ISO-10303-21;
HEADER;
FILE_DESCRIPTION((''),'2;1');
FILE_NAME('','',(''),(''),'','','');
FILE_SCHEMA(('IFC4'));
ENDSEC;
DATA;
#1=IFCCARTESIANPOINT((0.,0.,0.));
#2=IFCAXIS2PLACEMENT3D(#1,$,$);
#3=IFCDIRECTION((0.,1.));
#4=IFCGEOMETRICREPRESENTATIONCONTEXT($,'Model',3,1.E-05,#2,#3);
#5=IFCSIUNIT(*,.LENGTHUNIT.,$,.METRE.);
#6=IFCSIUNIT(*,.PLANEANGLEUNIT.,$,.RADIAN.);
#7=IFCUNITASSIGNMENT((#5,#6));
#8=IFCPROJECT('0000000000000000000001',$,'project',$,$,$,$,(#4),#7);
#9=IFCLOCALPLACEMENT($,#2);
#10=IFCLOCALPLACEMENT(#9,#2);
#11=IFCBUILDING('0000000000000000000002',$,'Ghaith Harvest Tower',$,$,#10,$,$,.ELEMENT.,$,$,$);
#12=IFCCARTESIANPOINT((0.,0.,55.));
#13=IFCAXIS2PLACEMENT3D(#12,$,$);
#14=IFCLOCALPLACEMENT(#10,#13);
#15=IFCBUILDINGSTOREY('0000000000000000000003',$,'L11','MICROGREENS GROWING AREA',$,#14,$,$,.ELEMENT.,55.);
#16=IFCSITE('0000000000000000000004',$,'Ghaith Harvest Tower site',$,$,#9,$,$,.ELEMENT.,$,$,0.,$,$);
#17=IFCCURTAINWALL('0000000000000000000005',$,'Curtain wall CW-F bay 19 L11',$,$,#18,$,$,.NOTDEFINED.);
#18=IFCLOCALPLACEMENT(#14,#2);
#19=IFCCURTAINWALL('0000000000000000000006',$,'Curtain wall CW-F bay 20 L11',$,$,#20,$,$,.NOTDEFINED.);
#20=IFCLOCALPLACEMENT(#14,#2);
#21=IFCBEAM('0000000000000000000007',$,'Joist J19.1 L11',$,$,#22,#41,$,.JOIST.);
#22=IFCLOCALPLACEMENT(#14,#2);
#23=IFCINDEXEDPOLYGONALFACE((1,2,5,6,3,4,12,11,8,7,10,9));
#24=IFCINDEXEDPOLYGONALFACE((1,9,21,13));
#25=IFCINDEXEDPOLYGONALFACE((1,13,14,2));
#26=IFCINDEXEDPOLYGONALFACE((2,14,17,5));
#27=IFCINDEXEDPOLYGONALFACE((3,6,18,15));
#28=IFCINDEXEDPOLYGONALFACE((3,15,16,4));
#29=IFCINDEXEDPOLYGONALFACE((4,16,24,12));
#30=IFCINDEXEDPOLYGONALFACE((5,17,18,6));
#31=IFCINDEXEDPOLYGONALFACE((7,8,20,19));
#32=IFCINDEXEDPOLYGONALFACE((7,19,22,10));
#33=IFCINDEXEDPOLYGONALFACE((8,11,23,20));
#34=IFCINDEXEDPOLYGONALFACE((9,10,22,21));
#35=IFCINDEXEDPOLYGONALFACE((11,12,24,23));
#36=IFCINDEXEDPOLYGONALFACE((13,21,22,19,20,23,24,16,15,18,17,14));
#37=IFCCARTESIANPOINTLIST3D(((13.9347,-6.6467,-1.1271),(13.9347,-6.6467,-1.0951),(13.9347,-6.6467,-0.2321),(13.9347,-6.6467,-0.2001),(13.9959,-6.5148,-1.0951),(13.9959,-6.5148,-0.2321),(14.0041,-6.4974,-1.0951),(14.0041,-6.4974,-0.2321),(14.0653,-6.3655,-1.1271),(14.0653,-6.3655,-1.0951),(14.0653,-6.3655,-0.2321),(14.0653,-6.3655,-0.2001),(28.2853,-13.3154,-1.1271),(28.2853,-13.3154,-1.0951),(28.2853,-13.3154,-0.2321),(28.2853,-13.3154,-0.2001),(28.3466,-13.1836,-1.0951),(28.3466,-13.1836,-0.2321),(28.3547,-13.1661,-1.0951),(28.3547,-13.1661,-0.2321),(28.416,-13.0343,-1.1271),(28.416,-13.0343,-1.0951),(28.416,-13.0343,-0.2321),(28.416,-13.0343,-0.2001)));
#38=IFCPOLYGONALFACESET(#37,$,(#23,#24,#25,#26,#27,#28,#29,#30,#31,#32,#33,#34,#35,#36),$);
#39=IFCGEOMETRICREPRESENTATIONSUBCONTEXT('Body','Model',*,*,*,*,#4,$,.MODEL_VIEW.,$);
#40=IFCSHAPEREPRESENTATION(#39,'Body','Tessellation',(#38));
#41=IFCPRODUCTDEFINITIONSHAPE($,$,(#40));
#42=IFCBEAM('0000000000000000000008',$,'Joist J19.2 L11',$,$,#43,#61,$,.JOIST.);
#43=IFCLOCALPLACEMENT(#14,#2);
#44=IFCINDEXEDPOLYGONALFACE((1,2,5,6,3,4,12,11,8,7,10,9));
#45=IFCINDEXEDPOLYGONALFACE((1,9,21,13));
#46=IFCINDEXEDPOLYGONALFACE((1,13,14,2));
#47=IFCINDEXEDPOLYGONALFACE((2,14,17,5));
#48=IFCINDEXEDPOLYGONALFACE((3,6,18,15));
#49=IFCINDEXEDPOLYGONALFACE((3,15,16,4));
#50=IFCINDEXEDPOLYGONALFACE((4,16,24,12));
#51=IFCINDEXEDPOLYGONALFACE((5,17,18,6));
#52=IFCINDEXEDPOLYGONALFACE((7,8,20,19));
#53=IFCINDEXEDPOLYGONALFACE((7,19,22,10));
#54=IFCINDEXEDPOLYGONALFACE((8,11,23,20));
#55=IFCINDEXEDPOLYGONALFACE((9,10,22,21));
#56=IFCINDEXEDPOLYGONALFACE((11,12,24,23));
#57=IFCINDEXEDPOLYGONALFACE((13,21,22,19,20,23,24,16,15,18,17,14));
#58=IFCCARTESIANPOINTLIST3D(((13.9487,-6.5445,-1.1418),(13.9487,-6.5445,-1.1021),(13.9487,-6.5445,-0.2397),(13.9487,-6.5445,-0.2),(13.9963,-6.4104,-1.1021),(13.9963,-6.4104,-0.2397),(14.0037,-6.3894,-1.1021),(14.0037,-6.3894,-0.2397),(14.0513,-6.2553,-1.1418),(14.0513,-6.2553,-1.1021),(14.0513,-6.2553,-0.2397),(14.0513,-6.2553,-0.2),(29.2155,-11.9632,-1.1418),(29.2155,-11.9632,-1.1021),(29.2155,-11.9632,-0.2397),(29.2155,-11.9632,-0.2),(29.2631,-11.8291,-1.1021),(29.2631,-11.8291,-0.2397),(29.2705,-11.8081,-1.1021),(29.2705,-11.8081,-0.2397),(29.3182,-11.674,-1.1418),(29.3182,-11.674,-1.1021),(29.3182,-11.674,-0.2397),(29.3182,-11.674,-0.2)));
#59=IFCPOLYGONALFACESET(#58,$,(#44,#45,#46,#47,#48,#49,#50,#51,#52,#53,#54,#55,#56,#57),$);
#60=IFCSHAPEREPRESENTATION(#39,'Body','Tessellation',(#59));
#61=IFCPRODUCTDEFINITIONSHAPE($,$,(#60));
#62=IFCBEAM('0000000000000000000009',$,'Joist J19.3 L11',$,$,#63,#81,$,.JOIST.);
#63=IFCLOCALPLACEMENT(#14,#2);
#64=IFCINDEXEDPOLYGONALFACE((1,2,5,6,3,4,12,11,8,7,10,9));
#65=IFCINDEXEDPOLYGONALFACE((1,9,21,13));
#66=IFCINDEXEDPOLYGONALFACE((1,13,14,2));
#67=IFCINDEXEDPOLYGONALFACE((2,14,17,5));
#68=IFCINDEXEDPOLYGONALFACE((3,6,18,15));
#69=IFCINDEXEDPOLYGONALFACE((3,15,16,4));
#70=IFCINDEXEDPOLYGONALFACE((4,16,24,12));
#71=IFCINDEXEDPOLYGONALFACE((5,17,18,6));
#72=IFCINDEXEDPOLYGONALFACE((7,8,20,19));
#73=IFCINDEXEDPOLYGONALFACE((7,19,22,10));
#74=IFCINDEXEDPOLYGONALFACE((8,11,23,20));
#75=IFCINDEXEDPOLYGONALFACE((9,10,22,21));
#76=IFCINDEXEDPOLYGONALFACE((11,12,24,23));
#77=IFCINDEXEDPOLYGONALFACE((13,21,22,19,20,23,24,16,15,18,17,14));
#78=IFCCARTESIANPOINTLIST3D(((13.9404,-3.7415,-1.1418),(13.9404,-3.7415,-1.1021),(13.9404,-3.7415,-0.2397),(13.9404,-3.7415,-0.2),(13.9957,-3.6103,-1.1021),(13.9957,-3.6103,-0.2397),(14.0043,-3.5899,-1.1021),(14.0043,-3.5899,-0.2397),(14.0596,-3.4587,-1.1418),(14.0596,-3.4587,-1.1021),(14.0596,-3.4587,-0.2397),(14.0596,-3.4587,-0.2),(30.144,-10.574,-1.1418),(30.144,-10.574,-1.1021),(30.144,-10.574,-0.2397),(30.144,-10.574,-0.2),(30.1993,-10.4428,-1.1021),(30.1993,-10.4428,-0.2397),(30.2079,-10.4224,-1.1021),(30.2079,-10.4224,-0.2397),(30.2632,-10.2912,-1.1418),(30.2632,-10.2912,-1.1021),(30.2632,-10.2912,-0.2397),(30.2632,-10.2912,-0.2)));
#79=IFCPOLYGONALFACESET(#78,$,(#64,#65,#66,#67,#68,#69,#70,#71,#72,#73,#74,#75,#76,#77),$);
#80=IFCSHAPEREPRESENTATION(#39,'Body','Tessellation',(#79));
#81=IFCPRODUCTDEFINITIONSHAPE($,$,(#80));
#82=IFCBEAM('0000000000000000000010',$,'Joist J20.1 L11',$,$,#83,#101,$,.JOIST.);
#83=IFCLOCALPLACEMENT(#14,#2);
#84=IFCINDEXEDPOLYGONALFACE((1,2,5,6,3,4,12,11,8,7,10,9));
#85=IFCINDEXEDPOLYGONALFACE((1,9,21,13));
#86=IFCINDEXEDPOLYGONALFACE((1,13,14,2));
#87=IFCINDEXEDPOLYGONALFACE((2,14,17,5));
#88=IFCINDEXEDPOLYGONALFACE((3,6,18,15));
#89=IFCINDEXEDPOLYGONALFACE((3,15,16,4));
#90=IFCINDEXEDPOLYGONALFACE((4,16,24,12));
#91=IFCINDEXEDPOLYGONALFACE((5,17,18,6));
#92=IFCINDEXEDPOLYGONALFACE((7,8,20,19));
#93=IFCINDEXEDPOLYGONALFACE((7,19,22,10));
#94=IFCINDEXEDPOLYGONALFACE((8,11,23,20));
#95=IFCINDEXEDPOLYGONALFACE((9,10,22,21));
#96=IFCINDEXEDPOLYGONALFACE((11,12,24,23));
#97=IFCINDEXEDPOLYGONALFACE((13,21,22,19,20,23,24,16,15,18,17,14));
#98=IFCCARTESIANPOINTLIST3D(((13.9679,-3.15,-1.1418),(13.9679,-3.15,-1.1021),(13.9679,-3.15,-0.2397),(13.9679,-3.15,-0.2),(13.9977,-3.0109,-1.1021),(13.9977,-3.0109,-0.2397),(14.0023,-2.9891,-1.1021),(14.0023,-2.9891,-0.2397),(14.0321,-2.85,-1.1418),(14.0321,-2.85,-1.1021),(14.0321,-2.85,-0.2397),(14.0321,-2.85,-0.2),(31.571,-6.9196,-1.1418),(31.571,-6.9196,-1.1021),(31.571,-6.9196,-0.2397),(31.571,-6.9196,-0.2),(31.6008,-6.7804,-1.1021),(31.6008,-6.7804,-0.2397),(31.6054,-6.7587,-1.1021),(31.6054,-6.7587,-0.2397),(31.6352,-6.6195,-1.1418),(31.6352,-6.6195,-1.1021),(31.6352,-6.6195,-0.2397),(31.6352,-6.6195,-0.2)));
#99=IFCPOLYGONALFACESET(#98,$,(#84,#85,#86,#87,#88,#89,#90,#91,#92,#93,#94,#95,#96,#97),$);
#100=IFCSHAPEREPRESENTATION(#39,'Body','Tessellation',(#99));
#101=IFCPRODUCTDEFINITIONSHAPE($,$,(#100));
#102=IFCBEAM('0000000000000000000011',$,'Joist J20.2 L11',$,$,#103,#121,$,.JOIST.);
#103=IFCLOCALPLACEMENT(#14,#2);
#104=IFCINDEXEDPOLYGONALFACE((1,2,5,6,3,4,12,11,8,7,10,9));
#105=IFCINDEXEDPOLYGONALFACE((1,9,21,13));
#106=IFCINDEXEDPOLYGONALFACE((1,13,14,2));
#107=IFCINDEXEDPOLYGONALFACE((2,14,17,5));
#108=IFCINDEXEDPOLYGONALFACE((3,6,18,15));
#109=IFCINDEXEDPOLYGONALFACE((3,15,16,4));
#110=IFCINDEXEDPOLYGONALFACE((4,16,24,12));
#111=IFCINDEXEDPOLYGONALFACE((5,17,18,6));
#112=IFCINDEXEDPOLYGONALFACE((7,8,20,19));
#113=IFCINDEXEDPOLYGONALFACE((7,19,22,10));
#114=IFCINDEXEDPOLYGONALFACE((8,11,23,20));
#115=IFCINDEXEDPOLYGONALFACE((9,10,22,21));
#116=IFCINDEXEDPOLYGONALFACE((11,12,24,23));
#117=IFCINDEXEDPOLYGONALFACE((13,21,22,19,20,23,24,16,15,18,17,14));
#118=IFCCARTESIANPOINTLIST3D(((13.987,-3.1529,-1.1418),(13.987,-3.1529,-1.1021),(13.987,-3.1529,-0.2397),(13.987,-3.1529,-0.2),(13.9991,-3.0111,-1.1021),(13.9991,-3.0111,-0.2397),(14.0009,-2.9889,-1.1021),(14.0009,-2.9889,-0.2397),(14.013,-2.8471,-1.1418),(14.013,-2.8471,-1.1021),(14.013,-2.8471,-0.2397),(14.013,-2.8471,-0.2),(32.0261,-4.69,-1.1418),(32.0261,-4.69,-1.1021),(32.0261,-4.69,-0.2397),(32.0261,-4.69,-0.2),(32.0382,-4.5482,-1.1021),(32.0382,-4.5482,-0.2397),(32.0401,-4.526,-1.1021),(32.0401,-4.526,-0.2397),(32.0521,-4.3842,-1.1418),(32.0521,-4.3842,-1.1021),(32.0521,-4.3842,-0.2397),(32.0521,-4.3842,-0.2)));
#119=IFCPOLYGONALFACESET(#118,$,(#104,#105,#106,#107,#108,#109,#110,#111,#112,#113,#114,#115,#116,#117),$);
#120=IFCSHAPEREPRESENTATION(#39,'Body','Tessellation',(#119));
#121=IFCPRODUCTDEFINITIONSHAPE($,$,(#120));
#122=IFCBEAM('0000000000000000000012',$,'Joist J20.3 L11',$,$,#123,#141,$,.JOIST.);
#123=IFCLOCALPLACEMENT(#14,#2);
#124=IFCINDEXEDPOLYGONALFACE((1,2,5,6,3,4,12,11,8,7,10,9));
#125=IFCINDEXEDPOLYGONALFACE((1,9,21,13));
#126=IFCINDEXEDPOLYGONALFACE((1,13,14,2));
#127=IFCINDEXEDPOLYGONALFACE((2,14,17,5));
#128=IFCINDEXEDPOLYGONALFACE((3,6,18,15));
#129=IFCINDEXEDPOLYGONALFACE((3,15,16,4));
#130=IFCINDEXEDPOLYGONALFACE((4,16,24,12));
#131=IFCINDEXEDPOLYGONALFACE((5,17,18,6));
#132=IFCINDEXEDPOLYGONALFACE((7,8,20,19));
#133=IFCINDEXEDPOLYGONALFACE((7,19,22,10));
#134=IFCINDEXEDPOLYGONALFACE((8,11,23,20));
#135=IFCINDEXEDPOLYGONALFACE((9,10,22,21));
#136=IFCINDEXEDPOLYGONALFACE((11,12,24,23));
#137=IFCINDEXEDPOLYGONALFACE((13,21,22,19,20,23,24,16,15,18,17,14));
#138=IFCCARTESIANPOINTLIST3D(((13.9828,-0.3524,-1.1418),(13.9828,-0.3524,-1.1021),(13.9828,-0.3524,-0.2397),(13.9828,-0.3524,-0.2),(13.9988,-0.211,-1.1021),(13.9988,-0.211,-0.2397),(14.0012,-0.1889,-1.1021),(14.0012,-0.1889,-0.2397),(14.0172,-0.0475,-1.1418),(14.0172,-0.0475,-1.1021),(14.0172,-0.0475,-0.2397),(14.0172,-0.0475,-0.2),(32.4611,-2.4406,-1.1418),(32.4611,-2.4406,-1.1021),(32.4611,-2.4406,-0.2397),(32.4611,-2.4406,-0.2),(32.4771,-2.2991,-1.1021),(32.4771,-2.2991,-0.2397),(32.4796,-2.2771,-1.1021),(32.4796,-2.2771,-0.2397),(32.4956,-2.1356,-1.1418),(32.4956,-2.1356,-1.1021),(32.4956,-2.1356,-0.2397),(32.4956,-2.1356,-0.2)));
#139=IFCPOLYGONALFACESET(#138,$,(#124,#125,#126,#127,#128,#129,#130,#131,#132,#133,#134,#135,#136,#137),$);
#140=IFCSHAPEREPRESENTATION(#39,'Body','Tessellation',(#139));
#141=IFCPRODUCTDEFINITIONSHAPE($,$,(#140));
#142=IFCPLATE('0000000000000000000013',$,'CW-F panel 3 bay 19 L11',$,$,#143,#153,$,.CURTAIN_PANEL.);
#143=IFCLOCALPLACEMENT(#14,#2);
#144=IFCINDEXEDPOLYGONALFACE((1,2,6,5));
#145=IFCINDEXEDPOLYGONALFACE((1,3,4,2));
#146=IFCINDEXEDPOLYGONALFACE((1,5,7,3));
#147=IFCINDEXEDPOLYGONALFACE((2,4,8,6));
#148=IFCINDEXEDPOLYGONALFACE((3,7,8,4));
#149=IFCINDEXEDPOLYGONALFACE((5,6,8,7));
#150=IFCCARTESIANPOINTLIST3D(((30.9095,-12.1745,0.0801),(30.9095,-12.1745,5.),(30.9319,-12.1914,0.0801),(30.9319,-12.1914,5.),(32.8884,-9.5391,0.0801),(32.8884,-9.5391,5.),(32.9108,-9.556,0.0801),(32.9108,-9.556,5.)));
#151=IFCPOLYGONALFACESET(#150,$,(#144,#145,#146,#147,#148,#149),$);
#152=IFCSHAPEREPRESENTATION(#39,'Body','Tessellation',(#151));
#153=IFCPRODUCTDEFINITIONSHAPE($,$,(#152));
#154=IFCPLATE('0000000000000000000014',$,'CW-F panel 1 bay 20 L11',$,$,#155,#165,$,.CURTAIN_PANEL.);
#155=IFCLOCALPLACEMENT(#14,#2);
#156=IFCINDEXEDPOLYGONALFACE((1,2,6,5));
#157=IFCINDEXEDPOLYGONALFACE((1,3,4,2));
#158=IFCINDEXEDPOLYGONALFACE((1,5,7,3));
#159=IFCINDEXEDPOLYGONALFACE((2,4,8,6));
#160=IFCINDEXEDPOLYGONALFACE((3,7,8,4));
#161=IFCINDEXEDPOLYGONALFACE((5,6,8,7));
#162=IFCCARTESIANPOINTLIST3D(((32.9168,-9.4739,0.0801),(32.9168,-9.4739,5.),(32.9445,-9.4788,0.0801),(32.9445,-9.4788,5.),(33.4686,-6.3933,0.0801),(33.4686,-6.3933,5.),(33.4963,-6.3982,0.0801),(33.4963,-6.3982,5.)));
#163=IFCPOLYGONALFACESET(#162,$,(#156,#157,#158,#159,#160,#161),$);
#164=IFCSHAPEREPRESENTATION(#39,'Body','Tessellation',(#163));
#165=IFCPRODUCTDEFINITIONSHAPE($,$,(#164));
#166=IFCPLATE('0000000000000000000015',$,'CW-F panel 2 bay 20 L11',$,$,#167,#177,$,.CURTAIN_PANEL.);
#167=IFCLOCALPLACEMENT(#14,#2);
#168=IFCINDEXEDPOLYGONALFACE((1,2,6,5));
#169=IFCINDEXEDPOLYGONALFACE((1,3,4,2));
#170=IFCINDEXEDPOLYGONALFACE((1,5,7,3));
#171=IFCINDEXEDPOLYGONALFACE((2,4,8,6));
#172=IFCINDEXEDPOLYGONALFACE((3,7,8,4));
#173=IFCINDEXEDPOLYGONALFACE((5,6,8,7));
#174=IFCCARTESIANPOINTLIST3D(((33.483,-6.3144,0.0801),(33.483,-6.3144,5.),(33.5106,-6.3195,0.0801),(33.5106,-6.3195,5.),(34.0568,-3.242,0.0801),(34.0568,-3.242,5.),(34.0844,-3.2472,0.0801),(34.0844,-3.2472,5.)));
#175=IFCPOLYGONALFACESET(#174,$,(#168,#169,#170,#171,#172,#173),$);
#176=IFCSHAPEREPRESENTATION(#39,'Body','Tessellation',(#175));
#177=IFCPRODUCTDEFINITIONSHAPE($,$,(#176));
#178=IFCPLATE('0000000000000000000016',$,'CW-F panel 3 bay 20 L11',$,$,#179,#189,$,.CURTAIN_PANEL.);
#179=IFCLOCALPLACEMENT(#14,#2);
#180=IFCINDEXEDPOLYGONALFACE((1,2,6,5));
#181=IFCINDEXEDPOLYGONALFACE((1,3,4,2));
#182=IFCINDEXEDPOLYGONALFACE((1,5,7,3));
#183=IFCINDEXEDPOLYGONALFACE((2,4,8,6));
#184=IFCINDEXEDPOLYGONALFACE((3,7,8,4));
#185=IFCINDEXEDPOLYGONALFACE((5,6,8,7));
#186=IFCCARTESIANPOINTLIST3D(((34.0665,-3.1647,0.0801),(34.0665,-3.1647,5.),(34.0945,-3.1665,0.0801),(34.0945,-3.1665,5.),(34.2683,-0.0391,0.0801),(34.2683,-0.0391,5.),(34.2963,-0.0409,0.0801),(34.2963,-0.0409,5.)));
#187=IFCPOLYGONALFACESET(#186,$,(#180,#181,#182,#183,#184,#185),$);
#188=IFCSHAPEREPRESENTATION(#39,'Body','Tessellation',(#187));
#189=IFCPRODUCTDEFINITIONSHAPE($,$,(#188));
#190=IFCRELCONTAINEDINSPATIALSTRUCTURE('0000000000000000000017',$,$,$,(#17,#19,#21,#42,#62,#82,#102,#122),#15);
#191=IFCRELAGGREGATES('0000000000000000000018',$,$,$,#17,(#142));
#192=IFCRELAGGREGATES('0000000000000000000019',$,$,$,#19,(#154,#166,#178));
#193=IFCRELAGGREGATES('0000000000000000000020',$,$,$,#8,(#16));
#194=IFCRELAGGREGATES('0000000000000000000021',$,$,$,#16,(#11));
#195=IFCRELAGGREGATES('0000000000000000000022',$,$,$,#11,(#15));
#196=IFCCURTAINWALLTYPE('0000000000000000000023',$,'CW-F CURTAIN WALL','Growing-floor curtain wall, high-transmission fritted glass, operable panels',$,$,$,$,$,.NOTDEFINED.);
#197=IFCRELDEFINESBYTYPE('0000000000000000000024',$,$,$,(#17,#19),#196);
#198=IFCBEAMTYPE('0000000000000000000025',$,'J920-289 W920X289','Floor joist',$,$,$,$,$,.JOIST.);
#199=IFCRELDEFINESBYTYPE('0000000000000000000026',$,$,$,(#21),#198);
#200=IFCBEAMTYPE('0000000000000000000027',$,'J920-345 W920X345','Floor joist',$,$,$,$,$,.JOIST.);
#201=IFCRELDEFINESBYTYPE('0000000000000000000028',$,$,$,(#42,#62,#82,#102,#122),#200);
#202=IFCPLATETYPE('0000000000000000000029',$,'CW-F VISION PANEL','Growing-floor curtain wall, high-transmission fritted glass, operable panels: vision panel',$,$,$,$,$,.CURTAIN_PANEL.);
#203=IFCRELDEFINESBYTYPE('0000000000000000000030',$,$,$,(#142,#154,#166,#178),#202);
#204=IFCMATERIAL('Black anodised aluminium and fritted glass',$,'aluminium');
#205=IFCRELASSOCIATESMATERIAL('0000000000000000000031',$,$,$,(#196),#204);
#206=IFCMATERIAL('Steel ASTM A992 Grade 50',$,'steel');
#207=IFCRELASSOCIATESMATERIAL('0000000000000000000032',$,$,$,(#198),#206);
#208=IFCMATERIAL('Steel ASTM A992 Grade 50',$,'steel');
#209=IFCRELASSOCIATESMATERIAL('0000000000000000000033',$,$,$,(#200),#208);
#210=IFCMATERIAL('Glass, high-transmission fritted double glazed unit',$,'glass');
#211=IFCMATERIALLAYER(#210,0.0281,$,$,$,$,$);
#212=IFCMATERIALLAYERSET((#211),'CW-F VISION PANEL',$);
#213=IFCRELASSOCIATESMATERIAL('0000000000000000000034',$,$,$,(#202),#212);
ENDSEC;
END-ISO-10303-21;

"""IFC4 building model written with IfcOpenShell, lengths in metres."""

from ifc_helpers import new_model, si_unit, direction, frame, origin, origin_2d, place, context, subcontext, project, spatial, rectangle, i_section, extrude, material, layer, layer_set, material_profile, profile_set, type_object, element, aggregate, save


model = new_model("IFC4")

# Units and contexts
model_context = context("Model", 3, precision=1e-05, world=origin(), true_north=direction((0.0, 1.0)))
body_context = subcontext(model_context, "Body", "Model", "MODEL_VIEW")
ifc_project = project(units=[si_unit("LENGTHUNIT", "METRE"), si_unit("PLANEANGLEUNIT", "RADIAN")], contexts=[model_context])

# Site, building, storey
site_placement = place(None, origin())
site = spatial("IfcSite", under=ifc_project, at=site_placement, Name="Ghaith Harvest Tower site", CompositionType="ELEMENT", RefElevation=0.0)
building_placement = place(site_placement, origin())
building = spatial("IfcBuilding", under=site, at=building_placement, Name="Ghaith Harvest Tower", CompositionType="ELEMENT")
storey_placement = place(building_placement, frame((0.0, 0.0, 55.0)))
storey = spatial("IfcBuildingStorey", under=building, at=storey_placement, Name="L11", Description="MICROGREENS GROWING AREA", CompositionType="ELEMENT", Elevation=55.0)

# Curtain wall
ifc_material_1 = material(Name="Black anodised aluminium and fritted glass", Category="aluminium")
curtain_wall_type = type_object("IfcCurtainWallType", Name="CW-F CURTAIN WALL", Description="Growing-floor curtain wall, high-transmission fritted glass, operable panels", PredefinedType="NOTDEFINED", material=ifc_material_1)
curtain_wall_1_placement = place(storey_placement, origin())
curtain_wall_1 = element("IfcCurtainWall", 1, at=curtain_wall_1_placement, inside=storey, type_object=curtain_wall_type, Name="Curtain wall CW-F bay 19 L11", PredefinedType="NOTDEFINED")

# Curtain wall
curtain_wall_2_placement = place(storey_placement, origin())
curtain_wall_2 = element("IfcCurtainWall", 2, at=curtain_wall_2_placement, inside=storey, type_object=curtain_wall_type, Name="Curtain wall CW-F bay 20 L11", PredefinedType="NOTDEFINED")

# Beams
ifc_material_2 = material(Name="Steel ASTM A992 Grade 50", Category="steel")
ifc_material_profile_1 = material_profile(ifc_material_2, i_section(OverallWidth=0.3101, OverallDepth=0.927, WebThickness=0.0193, FlangeThickness=0.032, at=origin_2d()), Name="W920X289")
ifc_profile_set_1 = profile_set([ifc_material_profile_1], Name="Steel ASTM A992 Grade 50")
beam_type_1 = type_object("IfcBeamType", Name="J920-289 W920X289", Description="Floor joist", PredefinedType="JOIST", material=ifc_profile_set_1)
beam_1_placement = place(storey_placement, frame((14.0, -6.5061, -0.6636), z_axis=(0.906866, -0.42142, 0.0), x_axis=(0.42142, 0.906866, 0.0)))
element("IfcBeam", 3, at=beam_1_placement, inside=storey, type_object=beam_type_1, Name="Joist J19.1 L11", PredefinedType="JOIST", context=body_context, shape_type="SweptSolid", body=[
    extrude(i_section(OverallWidth=0.3101, OverallDepth=0.927, WebThickness=0.0193, FlangeThickness=0.032, at=origin_2d()), origin(), (0.0, 0.0, 1.0), 15.8245),
])
ifc_material_3 = material(Name="Steel ASTM A992 Grade 50", Category="steel")
ifc_material_profile_2 = material_profile(ifc_material_3, i_section(OverallWidth=0.3069, OverallDepth=0.9419, WebThickness=0.0222, FlangeThickness=0.0398, at=origin_2d()), Name="W920X345")
ifc_profile_set_2 = profile_set([ifc_material_profile_2], Name="Steel ASTM A992 Grade 50")
beam_type_2 = type_object("IfcBeamType", Name="J920-345 W920X345", Description="Floor joist", PredefinedType="JOIST", material=ifc_profile_set_2)
beam_2_placement = place(storey_placement, frame((14.0, -6.3999, -0.6709), z_axis=(0.9424, -0.334488, 0.0), x_axis=(0.334488, 0.9424, 0.0)))
element("IfcBeam", 4, at=beam_2_placement, inside=storey, type_object=beam_type_2, Name="Joist J19.2 L11", PredefinedType="JOIST", context=body_context, shape_type="SweptSolid", body=[
    extrude(i_section(OverallWidth=0.3069, OverallDepth=0.9419, WebThickness=0.0222, FlangeThickness=0.0398, at=origin_2d()), origin(), (0.0, 0.0, 1.0), 16.2),
])
beam_3_placement = place(storey_placement, frame((14.0, -3.6001, -0.6709), z_axis=(0.921433, -0.388537, 0.0), x_axis=(0.388537, 0.921433, 0.0)))
element("IfcBeam", 5, at=beam_3_placement, inside=storey, type_object=beam_type_2, Name="Joist J19.3 L11", PredefinedType="JOIST", context=body_context, shape_type="SweptSolid", body=[
    extrude(i_section(OverallWidth=0.3069, OverallDepth=0.9419, WebThickness=0.0222, FlangeThickness=0.0398, at=origin_2d()), origin(), (0.0, 0.0, 1.0), 17.5852),
])
beam_4_placement = place(storey_placement, frame((14.0, -3.0, -0.6709), z_axis=(0.977831, -0.209394, 0.0), x_axis=(0.209394, 0.977831, 0.0)))
element("IfcBeam", 6, at=beam_4_placement, inside=storey, type_object=beam_type_2, Name="Joist J20.1 L11", PredefinedType="JOIST", context=body_context, shape_type="SweptSolid", body=[
    extrude(i_section(OverallWidth=0.3069, OverallDepth=0.9419, WebThickness=0.0222, FlangeThickness=0.0398, at=origin_2d()), origin(), (0.0, 0.0, 1.0), 18.0022),
])
beam_5_placement = place(storey_placement, frame((14.0, -3.0, -0.6709), z_axis=(0.996389, -0.084902, 0.0), x_axis=(0.084902, 0.996389, 0.0)))
element("IfcBeam", 7, at=beam_5_placement, inside=storey, type_object=beam_type_2, Name="Joist J20.2 L11", PredefinedType="JOIST", context=body_context, shape_type="SweptSolid", body=[
    extrude(i_section(OverallWidth=0.3069, OverallDepth=0.9419, WebThickness=0.0222, FlangeThickness=0.0398, at=origin_2d()), origin(), (0.0, 0.0, 1.0), 18.1045),
])
beam_6_placement = place(storey_placement, frame((14.0, -0.2, -0.6709), z_axis=(0.993675, -0.11229, 0.0), x_axis=(0.11229, 0.993675, 0.0)))
element("IfcBeam", 8, at=beam_6_placement, inside=storey, type_object=beam_type_2, Name="Joist J20.3 L11", PredefinedType="JOIST", context=body_context, shape_type="SweptSolid", body=[
    extrude(i_section(OverallWidth=0.3069, OverallDepth=0.9419, WebThickness=0.0222, FlangeThickness=0.0398, at=origin_2d()), origin(), (0.0, 0.0, 1.0), 18.5959),
])

# Plates
ifc_material_4 = material(Name="Glass, high-transmission fritted double glazed unit", Category="glass")
ifc_layer_1 = layer(ifc_material_4, 0.0281)
ifc_layer_set_1 = layer_set([ifc_layer_1], Name="CW-F VISION PANEL")
plate_type = type_object("IfcPlateType", Name="CW-F VISION PANEL", Description="Growing-floor curtain wall, high-transmission fritted glass, operable panels: vision panel", PredefinedType="CURTAIN_PANEL", material=ifc_layer_set_1)
plate_1_placement = place(storey_placement, frame((31.9102, -10.8652, 0.0801), z_axis=(0.0, 0.0, 1.0), x_axis=(0.600454, 0.799659, 0.0)))
plate_1 = element("IfcPlate", 9, at=plate_1_placement, type_object=plate_type, Name="CW-F panel 3 bay 19 L11", PredefinedType="CURTAIN_PANEL", context=body_context, shape_type="SweptSolid", body=[
    extrude(rectangle(XDim=3.2957, YDim=0.0281, at=origin_2d()), origin(), (0.0, 0.0, 1.0), 4.9199),
])
aggregate(curtain_wall_1, [plate_1])
plate_2_placement = place(storey_placement, frame((33.2065, -7.936, 0.0801), z_axis=(0.0, 0.0, 1.0), x_axis=(0.17632, 0.984333, 0.0)))
plate_2 = element("IfcPlate", 10, at=plate_2_placement, type_object=plate_type, Name="CW-F panel 1 bay 20 L11", PredefinedType="CURTAIN_PANEL", context=body_context, shape_type="SweptSolid", body=[
    extrude(rectangle(XDim=3.1296, YDim=0.0281, at=origin_2d()), origin(), (0.0, 0.0, 1.0), 4.9199),
])
plate_3_placement = place(storey_placement, frame((33.7837, -4.7808, 0.0801), z_axis=(0.0, 0.0, 1.0), x_axis=(0.183569, 0.983007, 0.0)))
plate_3 = element("IfcPlate", 11, at=plate_3_placement, type_object=plate_type, Name="CW-F panel 2 bay 20 L11", PredefinedType="CURTAIN_PANEL", context=body_context, shape_type="SweptSolid", body=[
    extrude(rectangle(XDim=3.1255, YDim=0.0281, at=origin_2d()), origin(), (0.0, 0.0, 1.0), 4.9199),
])
plate_4_placement = place(storey_placement, frame((34.1814, -1.6028, 0.0801), z_axis=(0.0, 0.0, 1.0), x_axis=(0.064446, 0.997921, 0.0)))
plate_4 = element("IfcPlate", 12, at=plate_4_placement, type_object=plate_type, Name="CW-F panel 3 bay 20 L11", PredefinedType="CURTAIN_PANEL", context=body_context, shape_type="SweptSolid", body=[
    extrude(rectangle(XDim=3.1321, YDim=0.0281, at=origin_2d()), origin(), (0.0, 0.0, 1.0), 4.9199),
])
aggregate(curtain_wall_2, [plate_2, plate_3, plate_4])

save(model, "model.ifc")
